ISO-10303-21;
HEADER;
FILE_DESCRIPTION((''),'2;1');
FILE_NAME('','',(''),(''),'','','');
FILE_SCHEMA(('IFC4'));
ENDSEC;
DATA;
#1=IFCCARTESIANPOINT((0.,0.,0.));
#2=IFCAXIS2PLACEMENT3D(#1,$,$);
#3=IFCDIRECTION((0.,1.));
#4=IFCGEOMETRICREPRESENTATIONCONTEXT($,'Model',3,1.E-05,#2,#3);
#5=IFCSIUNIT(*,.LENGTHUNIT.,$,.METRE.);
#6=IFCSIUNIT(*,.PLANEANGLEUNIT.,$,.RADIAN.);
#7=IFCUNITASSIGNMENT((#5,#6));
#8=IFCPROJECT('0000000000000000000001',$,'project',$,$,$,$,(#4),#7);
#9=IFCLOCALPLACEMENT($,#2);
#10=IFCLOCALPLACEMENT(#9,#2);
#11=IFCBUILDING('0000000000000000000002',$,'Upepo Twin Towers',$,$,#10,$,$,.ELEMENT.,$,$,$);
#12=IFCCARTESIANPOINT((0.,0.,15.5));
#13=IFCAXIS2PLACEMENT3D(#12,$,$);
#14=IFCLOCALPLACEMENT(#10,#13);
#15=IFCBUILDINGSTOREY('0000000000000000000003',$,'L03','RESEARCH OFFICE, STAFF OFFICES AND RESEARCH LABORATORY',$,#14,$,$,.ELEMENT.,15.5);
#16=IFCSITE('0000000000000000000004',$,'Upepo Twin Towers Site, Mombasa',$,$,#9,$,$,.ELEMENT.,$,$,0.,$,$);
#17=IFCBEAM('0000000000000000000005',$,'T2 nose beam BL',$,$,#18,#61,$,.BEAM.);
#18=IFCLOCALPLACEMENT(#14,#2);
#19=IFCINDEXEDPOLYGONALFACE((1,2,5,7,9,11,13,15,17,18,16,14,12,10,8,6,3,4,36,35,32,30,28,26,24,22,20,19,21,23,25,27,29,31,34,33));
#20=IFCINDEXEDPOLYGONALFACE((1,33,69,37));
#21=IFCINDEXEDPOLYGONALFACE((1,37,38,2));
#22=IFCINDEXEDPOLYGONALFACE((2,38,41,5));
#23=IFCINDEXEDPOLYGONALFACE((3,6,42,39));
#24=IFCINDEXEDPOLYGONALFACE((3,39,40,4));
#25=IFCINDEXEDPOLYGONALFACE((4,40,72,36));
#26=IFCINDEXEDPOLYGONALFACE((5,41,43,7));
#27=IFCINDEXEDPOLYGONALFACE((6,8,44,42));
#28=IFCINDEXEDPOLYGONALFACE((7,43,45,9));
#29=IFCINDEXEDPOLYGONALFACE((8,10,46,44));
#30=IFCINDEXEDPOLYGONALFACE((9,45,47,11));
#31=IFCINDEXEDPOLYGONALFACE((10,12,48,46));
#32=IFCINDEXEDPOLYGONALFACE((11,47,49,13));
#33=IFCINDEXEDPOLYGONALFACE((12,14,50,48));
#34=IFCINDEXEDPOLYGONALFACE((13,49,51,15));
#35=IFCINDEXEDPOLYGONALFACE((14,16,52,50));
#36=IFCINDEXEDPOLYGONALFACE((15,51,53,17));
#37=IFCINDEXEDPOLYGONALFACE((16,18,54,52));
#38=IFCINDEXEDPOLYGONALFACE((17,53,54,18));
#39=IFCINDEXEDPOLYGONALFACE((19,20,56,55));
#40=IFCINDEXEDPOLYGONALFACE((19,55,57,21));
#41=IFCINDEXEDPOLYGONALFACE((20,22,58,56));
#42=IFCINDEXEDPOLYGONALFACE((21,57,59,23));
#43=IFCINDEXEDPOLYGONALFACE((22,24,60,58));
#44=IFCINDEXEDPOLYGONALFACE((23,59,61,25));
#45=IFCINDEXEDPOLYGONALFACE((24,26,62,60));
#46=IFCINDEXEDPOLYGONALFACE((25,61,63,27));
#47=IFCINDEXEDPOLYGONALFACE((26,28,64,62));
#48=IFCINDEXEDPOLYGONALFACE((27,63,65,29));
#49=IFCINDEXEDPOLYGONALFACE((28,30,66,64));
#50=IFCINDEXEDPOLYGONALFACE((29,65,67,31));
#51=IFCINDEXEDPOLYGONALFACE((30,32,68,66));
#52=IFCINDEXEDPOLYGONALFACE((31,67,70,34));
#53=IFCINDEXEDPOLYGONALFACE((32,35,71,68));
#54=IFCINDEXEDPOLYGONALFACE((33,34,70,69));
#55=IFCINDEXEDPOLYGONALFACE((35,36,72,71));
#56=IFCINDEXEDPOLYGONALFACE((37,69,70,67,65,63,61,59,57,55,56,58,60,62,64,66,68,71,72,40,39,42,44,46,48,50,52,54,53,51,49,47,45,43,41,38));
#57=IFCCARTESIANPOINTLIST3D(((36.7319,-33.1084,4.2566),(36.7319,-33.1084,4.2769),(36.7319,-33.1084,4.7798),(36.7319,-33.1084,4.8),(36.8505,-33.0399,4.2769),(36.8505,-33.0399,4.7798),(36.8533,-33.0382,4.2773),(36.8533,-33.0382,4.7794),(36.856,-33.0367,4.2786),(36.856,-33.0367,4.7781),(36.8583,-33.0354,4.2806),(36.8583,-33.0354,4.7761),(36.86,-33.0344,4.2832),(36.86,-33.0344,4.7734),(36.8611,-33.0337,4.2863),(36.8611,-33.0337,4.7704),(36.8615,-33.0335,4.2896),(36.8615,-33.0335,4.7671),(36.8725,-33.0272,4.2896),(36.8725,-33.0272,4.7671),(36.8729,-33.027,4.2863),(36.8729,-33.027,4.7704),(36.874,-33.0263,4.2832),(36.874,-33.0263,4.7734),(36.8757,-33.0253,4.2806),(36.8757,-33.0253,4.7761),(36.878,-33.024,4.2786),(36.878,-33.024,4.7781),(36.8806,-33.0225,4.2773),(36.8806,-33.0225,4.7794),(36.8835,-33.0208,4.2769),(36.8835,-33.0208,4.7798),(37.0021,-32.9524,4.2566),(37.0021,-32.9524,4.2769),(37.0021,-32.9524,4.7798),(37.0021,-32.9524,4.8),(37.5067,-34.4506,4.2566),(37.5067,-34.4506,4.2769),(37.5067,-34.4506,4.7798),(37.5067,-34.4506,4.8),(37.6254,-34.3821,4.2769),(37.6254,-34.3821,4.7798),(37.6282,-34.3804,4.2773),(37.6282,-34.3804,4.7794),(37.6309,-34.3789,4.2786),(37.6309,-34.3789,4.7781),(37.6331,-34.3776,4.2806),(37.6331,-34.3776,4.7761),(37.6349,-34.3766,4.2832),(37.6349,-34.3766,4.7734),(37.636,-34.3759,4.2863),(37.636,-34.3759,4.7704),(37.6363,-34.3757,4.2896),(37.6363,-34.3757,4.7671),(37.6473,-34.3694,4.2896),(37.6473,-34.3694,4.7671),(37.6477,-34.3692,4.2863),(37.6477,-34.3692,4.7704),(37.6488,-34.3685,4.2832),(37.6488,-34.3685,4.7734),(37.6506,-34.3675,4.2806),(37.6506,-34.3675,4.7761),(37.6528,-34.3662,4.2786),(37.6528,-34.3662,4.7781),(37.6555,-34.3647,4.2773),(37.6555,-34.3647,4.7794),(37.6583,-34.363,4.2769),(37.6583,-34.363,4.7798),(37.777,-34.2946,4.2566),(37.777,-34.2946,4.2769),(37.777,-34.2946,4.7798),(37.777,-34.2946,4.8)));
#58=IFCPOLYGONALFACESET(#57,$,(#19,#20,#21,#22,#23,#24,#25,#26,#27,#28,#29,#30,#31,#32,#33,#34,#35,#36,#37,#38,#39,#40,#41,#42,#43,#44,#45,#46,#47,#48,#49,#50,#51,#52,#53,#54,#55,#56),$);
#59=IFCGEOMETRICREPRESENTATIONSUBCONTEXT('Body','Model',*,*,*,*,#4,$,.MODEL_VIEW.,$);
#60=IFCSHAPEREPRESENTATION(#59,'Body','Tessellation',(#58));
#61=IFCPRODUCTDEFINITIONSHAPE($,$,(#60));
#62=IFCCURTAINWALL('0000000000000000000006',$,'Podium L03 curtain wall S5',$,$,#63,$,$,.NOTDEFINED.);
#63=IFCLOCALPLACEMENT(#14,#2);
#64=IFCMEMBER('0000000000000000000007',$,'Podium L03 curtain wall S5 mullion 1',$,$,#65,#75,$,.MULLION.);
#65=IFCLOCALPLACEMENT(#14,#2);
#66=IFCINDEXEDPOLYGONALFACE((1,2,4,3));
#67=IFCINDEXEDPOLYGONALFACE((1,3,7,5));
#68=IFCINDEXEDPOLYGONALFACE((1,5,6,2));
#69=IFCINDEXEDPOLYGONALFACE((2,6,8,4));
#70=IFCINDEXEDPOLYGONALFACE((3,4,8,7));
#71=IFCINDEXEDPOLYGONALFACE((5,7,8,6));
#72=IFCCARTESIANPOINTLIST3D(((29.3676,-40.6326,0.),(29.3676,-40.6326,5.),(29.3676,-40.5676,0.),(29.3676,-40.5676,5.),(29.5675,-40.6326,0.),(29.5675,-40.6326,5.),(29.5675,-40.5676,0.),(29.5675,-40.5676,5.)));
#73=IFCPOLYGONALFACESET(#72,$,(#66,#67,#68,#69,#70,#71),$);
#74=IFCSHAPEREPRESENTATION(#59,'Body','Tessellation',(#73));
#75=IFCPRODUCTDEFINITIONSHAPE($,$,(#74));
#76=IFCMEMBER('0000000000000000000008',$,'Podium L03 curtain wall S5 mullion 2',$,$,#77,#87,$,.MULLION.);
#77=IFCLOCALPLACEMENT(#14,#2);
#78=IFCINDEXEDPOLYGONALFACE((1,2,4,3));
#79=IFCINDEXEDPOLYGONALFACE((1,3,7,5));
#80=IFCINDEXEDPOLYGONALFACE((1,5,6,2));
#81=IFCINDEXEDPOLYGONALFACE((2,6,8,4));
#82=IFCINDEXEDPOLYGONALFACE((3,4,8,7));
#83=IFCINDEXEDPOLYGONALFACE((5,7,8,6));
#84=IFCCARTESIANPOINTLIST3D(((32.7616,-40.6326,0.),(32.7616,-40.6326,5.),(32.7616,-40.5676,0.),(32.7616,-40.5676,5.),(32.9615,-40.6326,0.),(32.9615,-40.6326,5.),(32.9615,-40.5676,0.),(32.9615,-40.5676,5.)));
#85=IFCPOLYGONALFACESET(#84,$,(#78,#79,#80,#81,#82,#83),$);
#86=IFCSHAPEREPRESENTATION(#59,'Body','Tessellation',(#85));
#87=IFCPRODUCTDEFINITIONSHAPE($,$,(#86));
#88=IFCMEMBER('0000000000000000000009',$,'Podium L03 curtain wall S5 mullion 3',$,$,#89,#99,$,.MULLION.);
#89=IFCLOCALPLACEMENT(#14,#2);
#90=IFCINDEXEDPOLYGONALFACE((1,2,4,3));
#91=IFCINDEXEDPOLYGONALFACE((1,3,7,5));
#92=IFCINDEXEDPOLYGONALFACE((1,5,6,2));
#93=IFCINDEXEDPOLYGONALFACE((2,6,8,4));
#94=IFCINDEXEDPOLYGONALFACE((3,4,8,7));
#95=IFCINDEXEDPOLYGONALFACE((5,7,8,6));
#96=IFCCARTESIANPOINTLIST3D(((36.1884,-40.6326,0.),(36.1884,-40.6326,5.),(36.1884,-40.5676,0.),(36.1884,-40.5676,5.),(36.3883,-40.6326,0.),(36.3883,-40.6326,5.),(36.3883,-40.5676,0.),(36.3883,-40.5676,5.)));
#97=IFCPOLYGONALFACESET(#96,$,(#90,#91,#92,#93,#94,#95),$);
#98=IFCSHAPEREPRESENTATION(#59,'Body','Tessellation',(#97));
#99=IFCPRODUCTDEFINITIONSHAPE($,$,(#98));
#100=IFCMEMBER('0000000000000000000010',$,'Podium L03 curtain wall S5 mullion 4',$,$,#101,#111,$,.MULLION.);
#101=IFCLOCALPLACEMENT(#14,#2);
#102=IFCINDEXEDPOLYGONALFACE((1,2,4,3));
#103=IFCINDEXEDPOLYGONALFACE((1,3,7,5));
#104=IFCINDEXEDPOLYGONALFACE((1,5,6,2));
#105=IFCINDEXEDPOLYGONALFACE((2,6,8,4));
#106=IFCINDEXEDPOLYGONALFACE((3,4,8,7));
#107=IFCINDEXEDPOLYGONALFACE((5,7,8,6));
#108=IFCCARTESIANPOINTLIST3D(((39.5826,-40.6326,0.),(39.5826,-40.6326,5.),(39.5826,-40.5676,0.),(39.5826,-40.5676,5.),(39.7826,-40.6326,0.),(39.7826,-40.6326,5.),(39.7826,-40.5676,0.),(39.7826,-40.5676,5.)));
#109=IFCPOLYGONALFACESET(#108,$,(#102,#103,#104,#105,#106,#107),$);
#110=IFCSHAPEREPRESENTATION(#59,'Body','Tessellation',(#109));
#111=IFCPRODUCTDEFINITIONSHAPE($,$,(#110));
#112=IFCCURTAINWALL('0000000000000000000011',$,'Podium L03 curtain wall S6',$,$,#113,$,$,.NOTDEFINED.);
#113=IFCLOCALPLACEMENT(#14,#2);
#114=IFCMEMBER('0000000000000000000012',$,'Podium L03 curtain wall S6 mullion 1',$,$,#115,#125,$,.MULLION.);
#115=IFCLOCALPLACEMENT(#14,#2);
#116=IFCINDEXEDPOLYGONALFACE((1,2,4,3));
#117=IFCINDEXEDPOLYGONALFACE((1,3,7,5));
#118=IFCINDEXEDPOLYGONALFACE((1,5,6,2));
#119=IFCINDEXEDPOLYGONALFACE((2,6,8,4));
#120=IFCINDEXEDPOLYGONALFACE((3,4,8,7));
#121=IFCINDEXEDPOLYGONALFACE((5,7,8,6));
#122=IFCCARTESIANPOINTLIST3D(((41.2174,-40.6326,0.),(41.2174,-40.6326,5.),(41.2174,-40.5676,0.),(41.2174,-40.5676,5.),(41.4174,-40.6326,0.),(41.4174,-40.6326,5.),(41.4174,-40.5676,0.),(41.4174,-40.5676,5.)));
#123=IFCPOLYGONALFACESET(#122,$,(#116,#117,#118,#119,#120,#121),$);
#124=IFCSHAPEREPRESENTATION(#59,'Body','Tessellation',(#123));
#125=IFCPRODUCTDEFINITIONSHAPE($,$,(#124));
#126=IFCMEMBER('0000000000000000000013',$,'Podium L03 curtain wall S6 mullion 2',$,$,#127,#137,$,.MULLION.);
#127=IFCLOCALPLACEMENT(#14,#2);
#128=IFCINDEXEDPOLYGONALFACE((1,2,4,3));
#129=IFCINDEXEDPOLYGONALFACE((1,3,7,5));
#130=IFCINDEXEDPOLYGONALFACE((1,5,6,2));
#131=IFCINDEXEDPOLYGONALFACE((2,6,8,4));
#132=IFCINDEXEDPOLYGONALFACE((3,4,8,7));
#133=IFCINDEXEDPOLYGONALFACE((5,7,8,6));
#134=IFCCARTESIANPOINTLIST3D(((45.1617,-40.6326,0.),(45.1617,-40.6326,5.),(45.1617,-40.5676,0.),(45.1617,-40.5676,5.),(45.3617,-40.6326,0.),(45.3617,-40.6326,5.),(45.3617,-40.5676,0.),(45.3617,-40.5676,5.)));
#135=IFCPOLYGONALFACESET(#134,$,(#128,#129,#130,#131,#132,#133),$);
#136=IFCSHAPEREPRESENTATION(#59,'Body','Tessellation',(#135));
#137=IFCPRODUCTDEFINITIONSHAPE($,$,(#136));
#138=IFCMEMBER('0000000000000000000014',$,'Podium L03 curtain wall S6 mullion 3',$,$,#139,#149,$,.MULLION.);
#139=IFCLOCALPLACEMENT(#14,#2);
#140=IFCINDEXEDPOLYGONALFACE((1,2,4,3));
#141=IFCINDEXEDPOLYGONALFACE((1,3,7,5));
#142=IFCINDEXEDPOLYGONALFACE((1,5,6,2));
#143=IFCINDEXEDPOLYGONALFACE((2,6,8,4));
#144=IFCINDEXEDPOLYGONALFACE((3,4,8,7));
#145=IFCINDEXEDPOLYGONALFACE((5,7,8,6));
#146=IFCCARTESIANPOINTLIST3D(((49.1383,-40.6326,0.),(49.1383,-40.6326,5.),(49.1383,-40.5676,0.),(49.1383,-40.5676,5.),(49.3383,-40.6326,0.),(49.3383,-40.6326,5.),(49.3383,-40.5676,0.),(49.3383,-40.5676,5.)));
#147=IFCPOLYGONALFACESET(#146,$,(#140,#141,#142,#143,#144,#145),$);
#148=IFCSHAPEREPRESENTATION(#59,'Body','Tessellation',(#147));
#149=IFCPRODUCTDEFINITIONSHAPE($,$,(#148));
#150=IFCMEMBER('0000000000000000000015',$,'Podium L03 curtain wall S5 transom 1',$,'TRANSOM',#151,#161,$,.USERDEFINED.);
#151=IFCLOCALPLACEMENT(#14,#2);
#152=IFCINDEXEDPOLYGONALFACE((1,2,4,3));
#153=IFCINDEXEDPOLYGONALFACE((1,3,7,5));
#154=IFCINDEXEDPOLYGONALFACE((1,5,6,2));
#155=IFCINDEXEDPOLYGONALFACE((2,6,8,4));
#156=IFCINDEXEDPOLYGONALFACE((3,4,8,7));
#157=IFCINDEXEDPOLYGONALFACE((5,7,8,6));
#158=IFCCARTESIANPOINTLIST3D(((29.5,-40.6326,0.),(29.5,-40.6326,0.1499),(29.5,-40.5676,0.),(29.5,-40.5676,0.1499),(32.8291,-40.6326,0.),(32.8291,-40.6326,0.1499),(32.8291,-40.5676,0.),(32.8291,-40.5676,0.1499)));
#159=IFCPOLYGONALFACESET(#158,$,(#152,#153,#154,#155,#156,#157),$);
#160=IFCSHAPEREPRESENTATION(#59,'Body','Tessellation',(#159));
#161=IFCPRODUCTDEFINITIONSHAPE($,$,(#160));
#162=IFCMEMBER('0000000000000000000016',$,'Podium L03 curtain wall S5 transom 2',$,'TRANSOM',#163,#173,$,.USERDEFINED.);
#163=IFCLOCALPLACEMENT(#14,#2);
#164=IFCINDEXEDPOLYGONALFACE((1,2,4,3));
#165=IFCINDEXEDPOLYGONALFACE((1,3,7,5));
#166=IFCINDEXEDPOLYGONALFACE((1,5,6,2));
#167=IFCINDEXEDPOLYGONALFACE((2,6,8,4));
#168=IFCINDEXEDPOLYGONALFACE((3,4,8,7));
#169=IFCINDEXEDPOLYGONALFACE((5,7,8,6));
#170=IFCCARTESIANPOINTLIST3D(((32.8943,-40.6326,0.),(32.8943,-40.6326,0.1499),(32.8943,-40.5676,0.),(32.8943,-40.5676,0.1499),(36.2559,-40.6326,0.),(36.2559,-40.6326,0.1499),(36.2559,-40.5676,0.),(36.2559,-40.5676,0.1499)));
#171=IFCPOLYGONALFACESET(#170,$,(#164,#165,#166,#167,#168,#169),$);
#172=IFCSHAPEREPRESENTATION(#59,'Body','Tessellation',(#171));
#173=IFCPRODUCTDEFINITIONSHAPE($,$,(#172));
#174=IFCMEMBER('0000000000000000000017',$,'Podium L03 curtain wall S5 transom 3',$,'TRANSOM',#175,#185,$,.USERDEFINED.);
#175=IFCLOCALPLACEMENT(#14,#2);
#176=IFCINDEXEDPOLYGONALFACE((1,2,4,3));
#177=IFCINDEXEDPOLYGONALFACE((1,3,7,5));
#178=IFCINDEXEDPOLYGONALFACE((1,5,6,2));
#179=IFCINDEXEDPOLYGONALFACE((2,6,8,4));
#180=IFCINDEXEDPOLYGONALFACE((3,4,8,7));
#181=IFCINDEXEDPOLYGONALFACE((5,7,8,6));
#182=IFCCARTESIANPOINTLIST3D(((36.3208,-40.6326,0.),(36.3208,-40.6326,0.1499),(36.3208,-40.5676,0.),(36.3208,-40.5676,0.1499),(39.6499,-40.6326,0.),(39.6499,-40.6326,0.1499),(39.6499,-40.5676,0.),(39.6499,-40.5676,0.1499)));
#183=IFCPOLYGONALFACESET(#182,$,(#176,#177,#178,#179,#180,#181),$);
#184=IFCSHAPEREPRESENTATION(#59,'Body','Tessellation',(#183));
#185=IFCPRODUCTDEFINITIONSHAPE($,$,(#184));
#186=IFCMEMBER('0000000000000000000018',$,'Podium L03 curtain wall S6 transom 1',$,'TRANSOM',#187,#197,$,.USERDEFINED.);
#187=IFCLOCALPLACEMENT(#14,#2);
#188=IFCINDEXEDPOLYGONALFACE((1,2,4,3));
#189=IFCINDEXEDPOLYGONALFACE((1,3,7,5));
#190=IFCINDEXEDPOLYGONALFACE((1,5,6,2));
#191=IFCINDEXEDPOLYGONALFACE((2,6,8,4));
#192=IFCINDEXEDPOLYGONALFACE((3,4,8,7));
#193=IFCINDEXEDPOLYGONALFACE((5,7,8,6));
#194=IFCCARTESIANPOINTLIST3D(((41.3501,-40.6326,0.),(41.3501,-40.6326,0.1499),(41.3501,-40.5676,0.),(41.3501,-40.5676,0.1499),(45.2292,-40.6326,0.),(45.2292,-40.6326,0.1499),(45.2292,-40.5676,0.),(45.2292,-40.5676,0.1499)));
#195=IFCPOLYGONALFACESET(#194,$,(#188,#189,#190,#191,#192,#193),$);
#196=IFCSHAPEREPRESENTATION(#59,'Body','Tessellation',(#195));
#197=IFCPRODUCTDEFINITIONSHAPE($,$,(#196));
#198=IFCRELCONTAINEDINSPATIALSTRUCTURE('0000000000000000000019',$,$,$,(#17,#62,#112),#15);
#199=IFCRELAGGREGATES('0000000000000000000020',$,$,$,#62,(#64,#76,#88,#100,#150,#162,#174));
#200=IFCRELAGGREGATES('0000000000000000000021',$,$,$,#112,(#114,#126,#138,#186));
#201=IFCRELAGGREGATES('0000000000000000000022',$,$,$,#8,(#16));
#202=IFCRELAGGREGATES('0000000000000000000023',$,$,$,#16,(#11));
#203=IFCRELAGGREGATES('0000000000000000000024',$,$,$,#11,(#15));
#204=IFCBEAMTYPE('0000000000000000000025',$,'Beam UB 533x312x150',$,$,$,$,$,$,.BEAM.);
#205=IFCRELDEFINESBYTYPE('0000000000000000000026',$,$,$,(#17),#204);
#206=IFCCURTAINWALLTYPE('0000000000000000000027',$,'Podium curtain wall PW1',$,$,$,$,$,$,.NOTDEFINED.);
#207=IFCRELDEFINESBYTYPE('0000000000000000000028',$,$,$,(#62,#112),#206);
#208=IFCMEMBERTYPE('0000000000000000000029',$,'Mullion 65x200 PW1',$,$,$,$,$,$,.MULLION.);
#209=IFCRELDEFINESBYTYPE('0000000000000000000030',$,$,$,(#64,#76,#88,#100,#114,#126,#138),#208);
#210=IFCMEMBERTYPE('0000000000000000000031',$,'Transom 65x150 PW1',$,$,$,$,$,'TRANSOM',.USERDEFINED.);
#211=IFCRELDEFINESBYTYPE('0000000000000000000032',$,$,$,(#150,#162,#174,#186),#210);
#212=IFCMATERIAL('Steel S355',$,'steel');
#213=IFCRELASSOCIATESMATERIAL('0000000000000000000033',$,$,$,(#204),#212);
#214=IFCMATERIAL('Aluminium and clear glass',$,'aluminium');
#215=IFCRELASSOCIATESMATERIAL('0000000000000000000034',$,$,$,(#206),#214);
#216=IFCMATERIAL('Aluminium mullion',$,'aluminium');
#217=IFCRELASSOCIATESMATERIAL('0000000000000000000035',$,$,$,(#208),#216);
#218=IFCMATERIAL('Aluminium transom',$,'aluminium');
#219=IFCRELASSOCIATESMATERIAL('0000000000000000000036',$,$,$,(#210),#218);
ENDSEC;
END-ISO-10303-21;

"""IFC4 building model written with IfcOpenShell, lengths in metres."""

from ifc_helpers import new_model, si_unit, direction, frame, origin, origin_2d, place, context, subcontext, project, spatial, rectangle, i_section, extrude, material, material_profile, profile_set, type_object, element, aggregate, save


model = new_model("IFC4")

# Units and contexts
model_context = context("Model", 3, precision=1e-05, world=origin(), true_north=direction((0.0, 1.0)))
body_context = subcontext(model_context, "Body", "Model", "MODEL_VIEW")
ifc_project = project(units=[si_unit("LENGTHUNIT", "METRE"), si_unit("PLANEANGLEUNIT", "RADIAN")], contexts=[model_context])

# Site, building, storey
site_placement = place(None, origin())
site = spatial("IfcSite", under=ifc_project, at=site_placement, Name="Upepo Twin Towers Site, Mombasa", CompositionType="ELEMENT", RefElevation=0.0)
building_placement = place(site_placement, origin())
building = spatial("IfcBuilding", under=site, at=building_placement, Name="Upepo Twin Towers", CompositionType="ELEMENT")
storey_placement = place(building_placement, frame((0.0, 0.0, 15.5)))
storey = spatial("IfcBuildingStorey", under=building, at=storey_placement, Name="L03", Description="RESEARCH OFFICE, STAFF OFFICES AND RESEARCH LABORATORY", CompositionType="ELEMENT", Elevation=15.5)

# Beam
ifc_material_1 = material(Name="Steel S355", Category="steel")
ifc_material_profile_1 = material_profile(ifc_material_1, i_section(OverallWidth=0.312, OverallDepth=0.5435, WebThickness=0.0127, FlangeThickness=0.0203, FilletRadius=0.0127, at=origin_2d()), Name="UB 533x312x150")
ifc_profile_set_1 = profile_set([ifc_material_profile_1], Name="Steel S355")
beam_type_1 = type_object("IfcBeamType", Name="Beam UB 533x312x150", PredefinedType="BEAM", material=ifc_profile_set_1)
beam_1_placement = place(storey_placement, frame((37.6418, -34.3726, 4.5283), z_axis=(-0.499968, 0.866044, 0.0), x_axis=(-0.866044, -0.499968, 0.0)))
element("IfcBeam", 1, at=beam_1_placement, inside=storey, type_object=beam_type_1, Name="T2 nose beam BL", PredefinedType="BEAM", context=body_context, shape_type="SweptSolid", body=[
    extrude(i_section(OverallWidth=0.312, OverallDepth=0.5435, WebThickness=0.0127, FlangeThickness=0.0203, FilletRadius=0.0127, at=origin_2d()), origin(), (0.0, 0.0, 1.0), 1.5498),
])

# Curtain walls, members
ifc_material_2 = material(Name="Aluminium and clear glass", Category="aluminium")
curtain_wall_type = type_object("IfcCurtainWallType", Name="Podium curtain wall PW1", PredefinedType="NOTDEFINED", material=ifc_material_2)
curtain_wall_1_placement = place(storey_placement, origin())
curtain_wall_1 = element("IfcCurtainWall", 2, at=curtain_wall_1_placement, inside=storey, type_object=curtain_wall_type, Name="Podium L03 curtain wall S5", PredefinedType="NOTDEFINED")
ifc_material_3 = material(Name="Aluminium mullion", Category="aluminium")
ifc_material_profile_2 = material_profile(ifc_material_3, rectangle(XDim=0.0649, YDim=0.2, at=origin_2d()), Name="MULLION 65x200 PODIUM")
ifc_profile_set_2 = profile_set([ifc_material_profile_2], Name="Aluminium mullion")
member_type_1 = type_object("IfcMemberType", Name="Mullion 65x200 PW1", PredefinedType="MULLION", material=ifc_profile_set_2)
member_1_placement = place(storey_placement, frame((29.4675, -40.6001, 0.0), z_axis=(0.0, 0.0, 1.0), x_axis=(0.0, 1.0, 0.0)))
member_1 = element("IfcMember", 3, at=member_1_placement, type_object=member_type_1, Name="Podium L03 curtain wall S5 mullion 1", PredefinedType="MULLION", context=body_context, shape_type="SweptSolid", body=[
    extrude(rectangle(XDim=0.0649, YDim=0.2, at=origin_2d()), origin(), (0.0, 0.0, 1.0), 5.0),
])
member_2_placement = place(storey_placement, frame((32.8616, -40.6001, 0.0), z_axis=(0.0, 0.0, 1.0), x_axis=(0.0, 1.0, 0.0)))
member_2 = element("IfcMember", 4, at=member_2_placement, type_object=member_type_1, Name="Podium L03 curtain wall S5 mullion 2", PredefinedType="MULLION", context=body_context, shape_type="SweptSolid", body=[
    extrude(rectangle(XDim=0.0649, YDim=0.2, at=origin_2d()), origin(), (0.0, 0.0, 1.0), 5.0),
])
member_3_placement = place(storey_placement, frame((36.2883, -40.6001, 0.0), z_axis=(0.0, 0.0, 1.0), x_axis=(0.0, 1.0, 0.0)))
member_3 = element("IfcMember", 5, at=member_3_placement, type_object=member_type_1, Name="Podium L03 curtain wall S5 mullion 3", PredefinedType="MULLION", context=body_context, shape_type="SweptSolid", body=[
    extrude(rectangle(XDim=0.0649, YDim=0.2, at=origin_2d()), origin(), (0.0, 0.0, 1.0), 5.0),
])
member_4_placement = place(storey_placement, frame((39.6826, -40.6001, 0.0), z_axis=(0.0, 0.0, 1.0), x_axis=(0.0, 1.0, 0.0)))
member_4 = element("IfcMember", 6, at=member_4_placement, type_object=member_type_1, Name="Podium L03 curtain wall S5 mullion 4", PredefinedType="MULLION", context=body_context, shape_type="SweptSolid", body=[
    extrude(rectangle(XDim=0.0649, YDim=0.2, at=origin_2d()), origin(), (0.0, 0.0, 1.0), 5.0),
])
curtain_wall_2_placement = place(storey_placement, origin())
curtain_wall_2 = element("IfcCurtainWall", 7, at=curtain_wall_2_placement, inside=storey, type_object=curtain_wall_type, Name="Podium L03 curtain wall S6", PredefinedType="NOTDEFINED")
member_5_placement = place(storey_placement, frame((41.3174, -40.6001, 0.0), z_axis=(0.0, 0.0, 1.0), x_axis=(0.0, 1.0, 0.0)))
member_5 = element("IfcMember", 8, at=member_5_placement, type_object=member_type_1, Name="Podium L03 curtain wall S6 mullion 1", PredefinedType="MULLION", context=body_context, shape_type="SweptSolid", body=[
    extrude(rectangle(XDim=0.0649, YDim=0.2, at=origin_2d()), origin(), (0.0, 0.0, 1.0), 5.0),
])
member_6_placement = place(storey_placement, frame((45.2617, -40.6001, 0.0), z_axis=(0.0, 0.0, 1.0), x_axis=(0.0, 1.0, 0.0)))
member_6 = element("IfcMember", 9, at=member_6_placement, type_object=member_type_1, Name="Podium L03 curtain wall S6 mullion 2", PredefinedType="MULLION", context=body_context, shape_type="SweptSolid", body=[
    extrude(rectangle(XDim=0.0649, YDim=0.2, at=origin_2d()), origin(), (0.0, 0.0, 1.0), 5.0),
])
member_7_placement = place(storey_placement, frame((49.2383, -40.6001, 0.0), z_axis=(0.0, 0.0, 1.0), x_axis=(0.0, 1.0, 0.0)))
member_7 = element("IfcMember", 10, at=member_7_placement, type_object=member_type_1, Name="Podium L03 curtain wall S6 mullion 3", PredefinedType="MULLION", context=body_context, shape_type="SweptSolid", body=[
    extrude(rectangle(XDim=0.0649, YDim=0.2, at=origin_2d()), origin(), (0.0, 0.0, 1.0), 5.0),
])

# Members
ifc_material_4 = material(Name="Aluminium transom", Category="aluminium")
ifc_material_profile_3 = material_profile(ifc_material_4, rectangle(XDim=0.0649, YDim=0.1499, at=origin_2d()), Name="TRANSOM 65x150 PODIUM")
ifc_profile_set_3 = profile_set([ifc_material_profile_3], Name="Aluminium transom")
member_type_2 = type_object("IfcMemberType", Name="Transom 65x150 PW1", ElementType="TRANSOM", PredefinedType="USERDEFINED", material=ifc_profile_set_3)
member_8_placement = place(storey_placement, frame((29.5, -40.6001, 0.075), z_axis=(1.0, 0.0, 0.0), x_axis=(0.0, 1.0, 0.0)))
member_8 = element("IfcMember", 11, at=member_8_placement, type_object=member_type_2, Name="Podium L03 curtain wall S5 transom 1", ObjectType="TRANSOM", PredefinedType="USERDEFINED", context=body_context, shape_type="SweptSolid", body=[
    extrude(rectangle(XDim=0.0649, YDim=0.1499, at=origin_2d()), origin(), (0.0, 0.0, 1.0), 3.3291),
])
member_9_placement = place(storey_placement, frame((32.8943, -40.6001, 0.075), z_axis=(1.0, 0.0, 0.0), x_axis=(0.0, 1.0, 0.0)))
member_9 = element("IfcMember", 12, at=member_9_placement, type_object=member_type_2, Name="Podium L03 curtain wall S5 transom 2", ObjectType="TRANSOM", PredefinedType="USERDEFINED", context=body_context, shape_type="SweptSolid", body=[
    extrude(rectangle(XDim=0.0649, YDim=0.1499, at=origin_2d()), origin(), (0.0, 0.0, 1.0), 3.3616),
])
member_10_placement = place(storey_placement, frame((36.3208, -40.6001, 0.075), z_axis=(1.0, 0.0, 0.0), x_axis=(0.0, 1.0, 0.0)))
member_10 = element("IfcMember", 13, at=member_10_placement, type_object=member_type_2, Name="Podium L03 curtain wall S5 transom 3", ObjectType="TRANSOM", PredefinedType="USERDEFINED", context=body_context, shape_type="SweptSolid", body=[
    extrude(rectangle(XDim=0.0649, YDim=0.1499, at=origin_2d()), origin(), (0.0, 0.0, 1.0), 3.3291),
])
member_11_placement = place(storey_placement, frame((41.3501, -40.6001, 0.075), z_axis=(1.0, 0.0, 0.0), x_axis=(0.0, 1.0, 0.0)))
member_11 = element("IfcMember", 14, at=member_11_placement, type_object=member_type_2, Name="Podium L03 curtain wall S6 transom 1", ObjectType="TRANSOM", PredefinedType="USERDEFINED", context=body_context, shape_type="SweptSolid", body=[
    extrude(rectangle(XDim=0.0649, YDim=0.1499, at=origin_2d()), origin(), (0.0, 0.0, 1.0), 3.8792),
])

aggregate(curtain_wall_1, [member_1, member_2, member_3, member_4, member_8, member_9, member_10])
aggregate(curtain_wall_2, [member_5, member_6, member_7, member_11])

save(model, "model.ifc")
